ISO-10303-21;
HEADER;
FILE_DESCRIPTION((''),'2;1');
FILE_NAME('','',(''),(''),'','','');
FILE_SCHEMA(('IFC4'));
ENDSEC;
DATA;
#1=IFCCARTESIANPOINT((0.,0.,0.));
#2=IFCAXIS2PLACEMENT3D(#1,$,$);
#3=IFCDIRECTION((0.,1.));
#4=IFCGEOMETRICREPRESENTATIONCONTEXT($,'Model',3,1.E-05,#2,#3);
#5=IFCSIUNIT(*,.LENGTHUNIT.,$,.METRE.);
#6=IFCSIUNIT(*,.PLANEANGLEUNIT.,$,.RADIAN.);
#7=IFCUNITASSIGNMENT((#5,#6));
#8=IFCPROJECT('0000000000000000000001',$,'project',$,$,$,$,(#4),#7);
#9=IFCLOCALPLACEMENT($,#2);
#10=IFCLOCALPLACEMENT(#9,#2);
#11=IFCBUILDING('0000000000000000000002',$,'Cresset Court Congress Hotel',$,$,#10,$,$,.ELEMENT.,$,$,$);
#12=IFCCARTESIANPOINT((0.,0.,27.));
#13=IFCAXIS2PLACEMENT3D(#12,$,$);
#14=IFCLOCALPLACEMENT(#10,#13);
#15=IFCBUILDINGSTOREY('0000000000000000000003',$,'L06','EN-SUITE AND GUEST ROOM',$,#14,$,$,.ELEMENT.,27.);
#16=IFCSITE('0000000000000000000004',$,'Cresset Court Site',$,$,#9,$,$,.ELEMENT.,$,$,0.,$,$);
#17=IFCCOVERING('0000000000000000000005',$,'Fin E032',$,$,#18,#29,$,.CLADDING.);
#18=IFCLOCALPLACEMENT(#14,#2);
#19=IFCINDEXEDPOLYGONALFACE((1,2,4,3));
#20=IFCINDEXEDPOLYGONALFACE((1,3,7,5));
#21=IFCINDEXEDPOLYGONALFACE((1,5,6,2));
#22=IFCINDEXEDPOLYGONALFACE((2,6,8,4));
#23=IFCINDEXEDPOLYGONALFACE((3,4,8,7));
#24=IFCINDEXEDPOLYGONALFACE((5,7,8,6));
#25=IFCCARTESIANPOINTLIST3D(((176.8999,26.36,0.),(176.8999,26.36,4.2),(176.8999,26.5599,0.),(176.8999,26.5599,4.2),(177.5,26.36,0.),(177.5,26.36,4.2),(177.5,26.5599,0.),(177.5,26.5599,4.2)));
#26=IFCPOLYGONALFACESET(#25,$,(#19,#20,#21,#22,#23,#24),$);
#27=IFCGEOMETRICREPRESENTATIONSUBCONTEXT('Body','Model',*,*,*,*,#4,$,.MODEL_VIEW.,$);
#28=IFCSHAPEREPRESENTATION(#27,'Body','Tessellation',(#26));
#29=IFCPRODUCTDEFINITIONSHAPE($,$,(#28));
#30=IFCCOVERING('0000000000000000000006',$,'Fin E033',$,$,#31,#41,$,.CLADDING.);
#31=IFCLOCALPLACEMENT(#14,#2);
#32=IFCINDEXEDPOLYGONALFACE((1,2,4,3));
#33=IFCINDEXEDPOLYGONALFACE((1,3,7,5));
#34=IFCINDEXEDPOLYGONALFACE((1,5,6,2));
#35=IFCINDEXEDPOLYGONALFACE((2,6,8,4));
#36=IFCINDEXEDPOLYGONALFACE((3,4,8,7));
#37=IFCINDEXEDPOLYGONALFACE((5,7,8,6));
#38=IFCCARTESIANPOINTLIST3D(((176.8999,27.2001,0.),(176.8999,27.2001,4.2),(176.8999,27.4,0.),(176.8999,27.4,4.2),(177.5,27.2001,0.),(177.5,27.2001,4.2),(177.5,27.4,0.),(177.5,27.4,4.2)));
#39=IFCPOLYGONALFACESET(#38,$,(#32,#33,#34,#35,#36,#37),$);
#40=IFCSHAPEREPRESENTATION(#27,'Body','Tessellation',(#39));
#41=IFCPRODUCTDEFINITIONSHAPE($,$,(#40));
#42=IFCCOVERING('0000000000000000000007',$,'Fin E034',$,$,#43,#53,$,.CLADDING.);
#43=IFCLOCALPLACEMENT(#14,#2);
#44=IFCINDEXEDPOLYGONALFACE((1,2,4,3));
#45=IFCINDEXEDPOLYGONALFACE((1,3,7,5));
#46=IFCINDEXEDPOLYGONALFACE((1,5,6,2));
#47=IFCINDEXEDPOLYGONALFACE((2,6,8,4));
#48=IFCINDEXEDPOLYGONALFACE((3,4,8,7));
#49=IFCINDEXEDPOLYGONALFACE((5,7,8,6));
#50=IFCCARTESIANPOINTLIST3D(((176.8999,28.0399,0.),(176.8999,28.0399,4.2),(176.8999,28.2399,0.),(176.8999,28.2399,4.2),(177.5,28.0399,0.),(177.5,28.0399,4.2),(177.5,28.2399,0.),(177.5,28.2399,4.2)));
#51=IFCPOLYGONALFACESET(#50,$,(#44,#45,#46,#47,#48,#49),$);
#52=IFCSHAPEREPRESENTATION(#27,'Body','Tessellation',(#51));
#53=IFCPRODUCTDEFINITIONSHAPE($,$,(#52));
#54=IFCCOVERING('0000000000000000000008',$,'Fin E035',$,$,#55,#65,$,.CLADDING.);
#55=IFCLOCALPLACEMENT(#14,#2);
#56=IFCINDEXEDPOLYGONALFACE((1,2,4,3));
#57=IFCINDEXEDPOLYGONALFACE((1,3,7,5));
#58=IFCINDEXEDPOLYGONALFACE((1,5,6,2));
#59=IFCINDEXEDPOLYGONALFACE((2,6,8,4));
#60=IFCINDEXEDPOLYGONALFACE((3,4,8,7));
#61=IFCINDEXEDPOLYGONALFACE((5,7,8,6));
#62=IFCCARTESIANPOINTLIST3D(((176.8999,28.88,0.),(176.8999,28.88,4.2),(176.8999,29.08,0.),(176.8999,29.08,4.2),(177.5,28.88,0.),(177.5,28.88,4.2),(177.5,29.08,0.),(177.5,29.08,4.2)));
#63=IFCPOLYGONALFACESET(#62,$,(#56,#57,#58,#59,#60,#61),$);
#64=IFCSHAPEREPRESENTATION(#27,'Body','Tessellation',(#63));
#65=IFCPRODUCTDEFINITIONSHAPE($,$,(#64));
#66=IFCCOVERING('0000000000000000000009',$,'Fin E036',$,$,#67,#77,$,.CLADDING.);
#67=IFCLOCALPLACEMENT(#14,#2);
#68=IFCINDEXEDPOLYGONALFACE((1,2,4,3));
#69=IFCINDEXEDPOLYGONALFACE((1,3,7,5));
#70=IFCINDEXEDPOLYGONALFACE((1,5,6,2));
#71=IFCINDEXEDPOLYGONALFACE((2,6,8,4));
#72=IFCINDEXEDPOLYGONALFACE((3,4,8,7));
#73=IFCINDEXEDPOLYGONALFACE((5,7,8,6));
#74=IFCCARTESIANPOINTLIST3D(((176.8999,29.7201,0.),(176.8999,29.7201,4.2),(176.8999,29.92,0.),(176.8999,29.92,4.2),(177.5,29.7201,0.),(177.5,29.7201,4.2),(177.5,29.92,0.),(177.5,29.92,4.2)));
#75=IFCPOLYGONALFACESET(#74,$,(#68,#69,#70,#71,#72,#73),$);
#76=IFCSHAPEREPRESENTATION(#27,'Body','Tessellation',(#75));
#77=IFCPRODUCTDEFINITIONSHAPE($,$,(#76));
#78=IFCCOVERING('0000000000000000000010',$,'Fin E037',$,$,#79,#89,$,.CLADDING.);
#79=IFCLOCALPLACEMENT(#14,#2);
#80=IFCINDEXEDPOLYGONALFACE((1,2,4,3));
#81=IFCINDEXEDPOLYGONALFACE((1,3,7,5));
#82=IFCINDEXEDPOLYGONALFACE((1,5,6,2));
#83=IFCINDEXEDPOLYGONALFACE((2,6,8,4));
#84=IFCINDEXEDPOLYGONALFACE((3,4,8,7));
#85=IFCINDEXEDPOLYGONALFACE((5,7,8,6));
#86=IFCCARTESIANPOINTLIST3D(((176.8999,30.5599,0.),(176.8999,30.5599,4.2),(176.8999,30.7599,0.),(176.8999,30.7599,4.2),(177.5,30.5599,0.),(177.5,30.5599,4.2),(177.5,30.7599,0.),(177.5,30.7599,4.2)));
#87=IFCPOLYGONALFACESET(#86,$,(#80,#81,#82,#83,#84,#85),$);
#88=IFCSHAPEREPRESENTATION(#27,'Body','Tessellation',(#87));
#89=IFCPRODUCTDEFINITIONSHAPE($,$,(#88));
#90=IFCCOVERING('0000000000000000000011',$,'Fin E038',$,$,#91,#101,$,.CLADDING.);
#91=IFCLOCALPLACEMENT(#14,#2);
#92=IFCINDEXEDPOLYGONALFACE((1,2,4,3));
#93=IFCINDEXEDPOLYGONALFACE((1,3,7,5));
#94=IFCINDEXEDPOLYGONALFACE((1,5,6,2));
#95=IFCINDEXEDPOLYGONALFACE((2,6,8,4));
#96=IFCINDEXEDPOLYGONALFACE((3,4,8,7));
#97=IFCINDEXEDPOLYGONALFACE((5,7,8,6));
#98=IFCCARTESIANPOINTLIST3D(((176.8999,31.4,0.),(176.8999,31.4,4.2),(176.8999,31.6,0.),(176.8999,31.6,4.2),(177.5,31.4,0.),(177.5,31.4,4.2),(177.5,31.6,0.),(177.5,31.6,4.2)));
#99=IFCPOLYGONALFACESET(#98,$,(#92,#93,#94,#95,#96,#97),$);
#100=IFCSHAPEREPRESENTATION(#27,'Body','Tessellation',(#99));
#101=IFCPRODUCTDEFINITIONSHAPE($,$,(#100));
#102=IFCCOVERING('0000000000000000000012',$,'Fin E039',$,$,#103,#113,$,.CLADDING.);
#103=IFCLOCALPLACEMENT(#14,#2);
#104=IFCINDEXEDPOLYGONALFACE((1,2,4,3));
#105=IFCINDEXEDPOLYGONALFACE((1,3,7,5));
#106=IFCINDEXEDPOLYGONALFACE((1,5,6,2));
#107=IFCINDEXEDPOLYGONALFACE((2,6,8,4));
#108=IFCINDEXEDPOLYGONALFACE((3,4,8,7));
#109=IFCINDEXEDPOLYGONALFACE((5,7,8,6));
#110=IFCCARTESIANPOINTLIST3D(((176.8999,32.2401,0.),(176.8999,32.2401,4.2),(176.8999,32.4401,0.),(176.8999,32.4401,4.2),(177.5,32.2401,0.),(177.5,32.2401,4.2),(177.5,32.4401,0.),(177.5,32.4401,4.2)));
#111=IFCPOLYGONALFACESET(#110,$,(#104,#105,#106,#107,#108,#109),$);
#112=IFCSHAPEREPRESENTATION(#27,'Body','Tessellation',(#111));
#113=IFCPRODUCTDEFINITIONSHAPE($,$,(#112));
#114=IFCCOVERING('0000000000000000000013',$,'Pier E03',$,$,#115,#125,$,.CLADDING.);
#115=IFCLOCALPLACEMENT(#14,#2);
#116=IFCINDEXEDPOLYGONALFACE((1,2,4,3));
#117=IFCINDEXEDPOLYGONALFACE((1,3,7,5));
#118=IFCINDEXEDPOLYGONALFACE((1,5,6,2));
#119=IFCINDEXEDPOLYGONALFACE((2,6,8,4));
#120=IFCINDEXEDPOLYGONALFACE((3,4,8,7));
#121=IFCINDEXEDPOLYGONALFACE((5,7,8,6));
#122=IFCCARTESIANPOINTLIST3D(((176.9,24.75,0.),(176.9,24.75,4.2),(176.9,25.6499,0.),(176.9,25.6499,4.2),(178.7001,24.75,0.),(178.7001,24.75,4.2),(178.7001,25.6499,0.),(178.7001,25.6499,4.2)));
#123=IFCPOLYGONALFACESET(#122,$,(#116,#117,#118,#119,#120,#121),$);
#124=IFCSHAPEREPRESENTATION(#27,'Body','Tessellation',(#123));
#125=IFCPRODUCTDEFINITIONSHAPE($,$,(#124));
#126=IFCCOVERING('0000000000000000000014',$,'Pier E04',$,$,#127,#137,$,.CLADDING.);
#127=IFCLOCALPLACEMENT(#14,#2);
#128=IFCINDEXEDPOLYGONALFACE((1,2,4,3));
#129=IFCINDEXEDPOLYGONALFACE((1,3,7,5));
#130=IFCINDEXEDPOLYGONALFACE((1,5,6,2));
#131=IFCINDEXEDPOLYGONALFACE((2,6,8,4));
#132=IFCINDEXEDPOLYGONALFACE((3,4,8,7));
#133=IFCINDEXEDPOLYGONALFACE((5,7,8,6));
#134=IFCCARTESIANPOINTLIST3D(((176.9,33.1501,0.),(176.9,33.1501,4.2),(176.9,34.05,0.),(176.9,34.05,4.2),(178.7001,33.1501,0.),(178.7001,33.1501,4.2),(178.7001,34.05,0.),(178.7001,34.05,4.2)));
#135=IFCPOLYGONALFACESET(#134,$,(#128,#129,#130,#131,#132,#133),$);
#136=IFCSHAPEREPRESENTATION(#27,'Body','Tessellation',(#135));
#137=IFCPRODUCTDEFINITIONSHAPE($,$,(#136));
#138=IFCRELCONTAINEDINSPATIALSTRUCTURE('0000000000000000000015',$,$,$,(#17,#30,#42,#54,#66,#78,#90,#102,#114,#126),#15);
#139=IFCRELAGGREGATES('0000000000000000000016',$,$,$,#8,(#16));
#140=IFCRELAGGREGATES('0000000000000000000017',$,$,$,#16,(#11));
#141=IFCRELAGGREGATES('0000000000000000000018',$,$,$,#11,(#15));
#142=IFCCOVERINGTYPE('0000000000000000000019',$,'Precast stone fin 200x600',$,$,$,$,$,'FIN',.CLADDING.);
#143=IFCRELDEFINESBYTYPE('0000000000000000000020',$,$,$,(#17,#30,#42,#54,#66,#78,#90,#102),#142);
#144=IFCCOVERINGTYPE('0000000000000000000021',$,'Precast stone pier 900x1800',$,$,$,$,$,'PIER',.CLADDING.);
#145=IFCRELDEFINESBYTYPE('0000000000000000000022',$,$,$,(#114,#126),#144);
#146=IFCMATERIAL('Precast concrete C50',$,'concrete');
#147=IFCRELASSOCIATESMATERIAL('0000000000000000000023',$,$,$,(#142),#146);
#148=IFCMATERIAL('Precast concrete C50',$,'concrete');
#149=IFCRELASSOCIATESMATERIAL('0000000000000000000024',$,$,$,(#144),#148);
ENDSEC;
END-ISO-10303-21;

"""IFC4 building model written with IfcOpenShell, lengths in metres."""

from ifc_helpers import new_model, si_unit, direction, frame, origin, origin_2d, place, context, subcontext, project, spatial, rectangle, extrude, material, type_object, element, save


model = new_model("IFC4")

# Units and contexts
model_context = context("Model", 3, precision=1e-05, world=origin(), true_north=direction((0.0, 1.0)))
body_context = subcontext(model_context, "Body", "Model", "MODEL_VIEW")
ifc_project = project(units=[si_unit("LENGTHUNIT", "METRE"), si_unit("PLANEANGLEUNIT", "RADIAN")], contexts=[model_context])

# Site, building, storey
site_placement = place(None, origin())
site = spatial("IfcSite", under=ifc_project, at=site_placement, Name="Cresset Court Site", CompositionType="ELEMENT", RefElevation=0.0)
building_placement = place(site_placement, origin())
building = spatial("IfcBuilding", under=site, at=building_placement, Name="Cresset Court Congress Hotel", CompositionType="ELEMENT")
storey_placement = place(building_placement, frame((0.0, 0.0, 27.0)))
storey = spatial("IfcBuildingStorey", under=building, at=storey_placement, Name="L06", Description="EN-SUITE AND GUEST ROOM", CompositionType="ELEMENT", Elevation=27.0)

# Coverings
ifc_material_1 = material(Name="Precast concrete C50", Category="concrete")
covering_type_1 = type_object("IfcCoveringType", Name="Precast stone fin 200x600", ElementType="FIN", PredefinedType="CLADDING", material=ifc_material_1)
for number, where, z_axis, x_axis, name in (
    (1, (177.2, 26.46, 0.0), (0.0, 0.0, 1.0), (1.0, 0.0, 0.0), "Fin E032"),
    (2, (177.2, 27.3, 0.0), (0.0, 0.0, 1.0), (1.0, 0.0, 0.0), "Fin E033"),
    (3, (177.2, 28.1399, 0.0), (0.0, 0.0, 1.0), (1.0, 0.0, 0.0), "Fin E034"),
    (4, (177.2, 28.98, 0.0), (0.0, 0.0, 1.0), (1.0, 0.0, 0.0), "Fin E035"),
    (5, (177.2, 29.8201, 0.0), (0.0, 0.0, 1.0), (1.0, 0.0, 0.0), "Fin E036"),
    (6, (177.2, 30.6599, 0.0), (0.0, 0.0, 1.0), (1.0, 0.0, 0.0), "Fin E037"),
    (7, (177.2, 31.5, 0.0), (0.0, 0.0, 1.0), (1.0, 0.0, 0.0), "Fin E038"),
    (8, (177.2, 32.3401, 0.0), (0.0, 0.0, 1.0), (1.0, 0.0, 0.0), "Fin E039"),
):
    element("IfcCovering", number, at=place(storey_placement, frame(where, z_axis=z_axis, x_axis=x_axis)), inside=storey, type_object=covering_type_1, Name=name, PredefinedType="CLADDING", context=body_context, shape_type="SweptSolid", body=[
        extrude(rectangle(XDim=0.6001, YDim=0.2, at=origin_2d()), origin(), (0.0, 0.0, 1.0), 4.2),
    ])
ifc_material_2 = material(Name="Precast concrete C50", Category="concrete")
covering_type_2 = type_object("IfcCoveringType", Name="Precast stone pier 900x1800", ElementType="PIER", PredefinedType="CLADDING", material=ifc_material_2)
for number, where, z_axis, x_axis, name in (
    (9, (177.8, 25.2, 0.0), (0.0, 0.0, 1.0), (1.0, 0.0, 0.0), "Pier E03"),
    (10, (177.8, 33.6001, 0.0), (0.0, 0.0, 1.0), (1.0, 0.0, 0.0), "Pier E04"),
):
    element("IfcCovering", number, at=place(storey_placement, frame(where, z_axis=z_axis, x_axis=x_axis)), inside=storey, type_object=covering_type_2, Name=name, PredefinedType="CLADDING", context=body_context, shape_type="SweptSolid", body=[
        extrude(rectangle(XDim=1.8, YDim=0.8999, at=origin_2d()), origin(), (0.0, 0.0, 1.0), 4.2),
    ])

save(model, "model.ifc")
